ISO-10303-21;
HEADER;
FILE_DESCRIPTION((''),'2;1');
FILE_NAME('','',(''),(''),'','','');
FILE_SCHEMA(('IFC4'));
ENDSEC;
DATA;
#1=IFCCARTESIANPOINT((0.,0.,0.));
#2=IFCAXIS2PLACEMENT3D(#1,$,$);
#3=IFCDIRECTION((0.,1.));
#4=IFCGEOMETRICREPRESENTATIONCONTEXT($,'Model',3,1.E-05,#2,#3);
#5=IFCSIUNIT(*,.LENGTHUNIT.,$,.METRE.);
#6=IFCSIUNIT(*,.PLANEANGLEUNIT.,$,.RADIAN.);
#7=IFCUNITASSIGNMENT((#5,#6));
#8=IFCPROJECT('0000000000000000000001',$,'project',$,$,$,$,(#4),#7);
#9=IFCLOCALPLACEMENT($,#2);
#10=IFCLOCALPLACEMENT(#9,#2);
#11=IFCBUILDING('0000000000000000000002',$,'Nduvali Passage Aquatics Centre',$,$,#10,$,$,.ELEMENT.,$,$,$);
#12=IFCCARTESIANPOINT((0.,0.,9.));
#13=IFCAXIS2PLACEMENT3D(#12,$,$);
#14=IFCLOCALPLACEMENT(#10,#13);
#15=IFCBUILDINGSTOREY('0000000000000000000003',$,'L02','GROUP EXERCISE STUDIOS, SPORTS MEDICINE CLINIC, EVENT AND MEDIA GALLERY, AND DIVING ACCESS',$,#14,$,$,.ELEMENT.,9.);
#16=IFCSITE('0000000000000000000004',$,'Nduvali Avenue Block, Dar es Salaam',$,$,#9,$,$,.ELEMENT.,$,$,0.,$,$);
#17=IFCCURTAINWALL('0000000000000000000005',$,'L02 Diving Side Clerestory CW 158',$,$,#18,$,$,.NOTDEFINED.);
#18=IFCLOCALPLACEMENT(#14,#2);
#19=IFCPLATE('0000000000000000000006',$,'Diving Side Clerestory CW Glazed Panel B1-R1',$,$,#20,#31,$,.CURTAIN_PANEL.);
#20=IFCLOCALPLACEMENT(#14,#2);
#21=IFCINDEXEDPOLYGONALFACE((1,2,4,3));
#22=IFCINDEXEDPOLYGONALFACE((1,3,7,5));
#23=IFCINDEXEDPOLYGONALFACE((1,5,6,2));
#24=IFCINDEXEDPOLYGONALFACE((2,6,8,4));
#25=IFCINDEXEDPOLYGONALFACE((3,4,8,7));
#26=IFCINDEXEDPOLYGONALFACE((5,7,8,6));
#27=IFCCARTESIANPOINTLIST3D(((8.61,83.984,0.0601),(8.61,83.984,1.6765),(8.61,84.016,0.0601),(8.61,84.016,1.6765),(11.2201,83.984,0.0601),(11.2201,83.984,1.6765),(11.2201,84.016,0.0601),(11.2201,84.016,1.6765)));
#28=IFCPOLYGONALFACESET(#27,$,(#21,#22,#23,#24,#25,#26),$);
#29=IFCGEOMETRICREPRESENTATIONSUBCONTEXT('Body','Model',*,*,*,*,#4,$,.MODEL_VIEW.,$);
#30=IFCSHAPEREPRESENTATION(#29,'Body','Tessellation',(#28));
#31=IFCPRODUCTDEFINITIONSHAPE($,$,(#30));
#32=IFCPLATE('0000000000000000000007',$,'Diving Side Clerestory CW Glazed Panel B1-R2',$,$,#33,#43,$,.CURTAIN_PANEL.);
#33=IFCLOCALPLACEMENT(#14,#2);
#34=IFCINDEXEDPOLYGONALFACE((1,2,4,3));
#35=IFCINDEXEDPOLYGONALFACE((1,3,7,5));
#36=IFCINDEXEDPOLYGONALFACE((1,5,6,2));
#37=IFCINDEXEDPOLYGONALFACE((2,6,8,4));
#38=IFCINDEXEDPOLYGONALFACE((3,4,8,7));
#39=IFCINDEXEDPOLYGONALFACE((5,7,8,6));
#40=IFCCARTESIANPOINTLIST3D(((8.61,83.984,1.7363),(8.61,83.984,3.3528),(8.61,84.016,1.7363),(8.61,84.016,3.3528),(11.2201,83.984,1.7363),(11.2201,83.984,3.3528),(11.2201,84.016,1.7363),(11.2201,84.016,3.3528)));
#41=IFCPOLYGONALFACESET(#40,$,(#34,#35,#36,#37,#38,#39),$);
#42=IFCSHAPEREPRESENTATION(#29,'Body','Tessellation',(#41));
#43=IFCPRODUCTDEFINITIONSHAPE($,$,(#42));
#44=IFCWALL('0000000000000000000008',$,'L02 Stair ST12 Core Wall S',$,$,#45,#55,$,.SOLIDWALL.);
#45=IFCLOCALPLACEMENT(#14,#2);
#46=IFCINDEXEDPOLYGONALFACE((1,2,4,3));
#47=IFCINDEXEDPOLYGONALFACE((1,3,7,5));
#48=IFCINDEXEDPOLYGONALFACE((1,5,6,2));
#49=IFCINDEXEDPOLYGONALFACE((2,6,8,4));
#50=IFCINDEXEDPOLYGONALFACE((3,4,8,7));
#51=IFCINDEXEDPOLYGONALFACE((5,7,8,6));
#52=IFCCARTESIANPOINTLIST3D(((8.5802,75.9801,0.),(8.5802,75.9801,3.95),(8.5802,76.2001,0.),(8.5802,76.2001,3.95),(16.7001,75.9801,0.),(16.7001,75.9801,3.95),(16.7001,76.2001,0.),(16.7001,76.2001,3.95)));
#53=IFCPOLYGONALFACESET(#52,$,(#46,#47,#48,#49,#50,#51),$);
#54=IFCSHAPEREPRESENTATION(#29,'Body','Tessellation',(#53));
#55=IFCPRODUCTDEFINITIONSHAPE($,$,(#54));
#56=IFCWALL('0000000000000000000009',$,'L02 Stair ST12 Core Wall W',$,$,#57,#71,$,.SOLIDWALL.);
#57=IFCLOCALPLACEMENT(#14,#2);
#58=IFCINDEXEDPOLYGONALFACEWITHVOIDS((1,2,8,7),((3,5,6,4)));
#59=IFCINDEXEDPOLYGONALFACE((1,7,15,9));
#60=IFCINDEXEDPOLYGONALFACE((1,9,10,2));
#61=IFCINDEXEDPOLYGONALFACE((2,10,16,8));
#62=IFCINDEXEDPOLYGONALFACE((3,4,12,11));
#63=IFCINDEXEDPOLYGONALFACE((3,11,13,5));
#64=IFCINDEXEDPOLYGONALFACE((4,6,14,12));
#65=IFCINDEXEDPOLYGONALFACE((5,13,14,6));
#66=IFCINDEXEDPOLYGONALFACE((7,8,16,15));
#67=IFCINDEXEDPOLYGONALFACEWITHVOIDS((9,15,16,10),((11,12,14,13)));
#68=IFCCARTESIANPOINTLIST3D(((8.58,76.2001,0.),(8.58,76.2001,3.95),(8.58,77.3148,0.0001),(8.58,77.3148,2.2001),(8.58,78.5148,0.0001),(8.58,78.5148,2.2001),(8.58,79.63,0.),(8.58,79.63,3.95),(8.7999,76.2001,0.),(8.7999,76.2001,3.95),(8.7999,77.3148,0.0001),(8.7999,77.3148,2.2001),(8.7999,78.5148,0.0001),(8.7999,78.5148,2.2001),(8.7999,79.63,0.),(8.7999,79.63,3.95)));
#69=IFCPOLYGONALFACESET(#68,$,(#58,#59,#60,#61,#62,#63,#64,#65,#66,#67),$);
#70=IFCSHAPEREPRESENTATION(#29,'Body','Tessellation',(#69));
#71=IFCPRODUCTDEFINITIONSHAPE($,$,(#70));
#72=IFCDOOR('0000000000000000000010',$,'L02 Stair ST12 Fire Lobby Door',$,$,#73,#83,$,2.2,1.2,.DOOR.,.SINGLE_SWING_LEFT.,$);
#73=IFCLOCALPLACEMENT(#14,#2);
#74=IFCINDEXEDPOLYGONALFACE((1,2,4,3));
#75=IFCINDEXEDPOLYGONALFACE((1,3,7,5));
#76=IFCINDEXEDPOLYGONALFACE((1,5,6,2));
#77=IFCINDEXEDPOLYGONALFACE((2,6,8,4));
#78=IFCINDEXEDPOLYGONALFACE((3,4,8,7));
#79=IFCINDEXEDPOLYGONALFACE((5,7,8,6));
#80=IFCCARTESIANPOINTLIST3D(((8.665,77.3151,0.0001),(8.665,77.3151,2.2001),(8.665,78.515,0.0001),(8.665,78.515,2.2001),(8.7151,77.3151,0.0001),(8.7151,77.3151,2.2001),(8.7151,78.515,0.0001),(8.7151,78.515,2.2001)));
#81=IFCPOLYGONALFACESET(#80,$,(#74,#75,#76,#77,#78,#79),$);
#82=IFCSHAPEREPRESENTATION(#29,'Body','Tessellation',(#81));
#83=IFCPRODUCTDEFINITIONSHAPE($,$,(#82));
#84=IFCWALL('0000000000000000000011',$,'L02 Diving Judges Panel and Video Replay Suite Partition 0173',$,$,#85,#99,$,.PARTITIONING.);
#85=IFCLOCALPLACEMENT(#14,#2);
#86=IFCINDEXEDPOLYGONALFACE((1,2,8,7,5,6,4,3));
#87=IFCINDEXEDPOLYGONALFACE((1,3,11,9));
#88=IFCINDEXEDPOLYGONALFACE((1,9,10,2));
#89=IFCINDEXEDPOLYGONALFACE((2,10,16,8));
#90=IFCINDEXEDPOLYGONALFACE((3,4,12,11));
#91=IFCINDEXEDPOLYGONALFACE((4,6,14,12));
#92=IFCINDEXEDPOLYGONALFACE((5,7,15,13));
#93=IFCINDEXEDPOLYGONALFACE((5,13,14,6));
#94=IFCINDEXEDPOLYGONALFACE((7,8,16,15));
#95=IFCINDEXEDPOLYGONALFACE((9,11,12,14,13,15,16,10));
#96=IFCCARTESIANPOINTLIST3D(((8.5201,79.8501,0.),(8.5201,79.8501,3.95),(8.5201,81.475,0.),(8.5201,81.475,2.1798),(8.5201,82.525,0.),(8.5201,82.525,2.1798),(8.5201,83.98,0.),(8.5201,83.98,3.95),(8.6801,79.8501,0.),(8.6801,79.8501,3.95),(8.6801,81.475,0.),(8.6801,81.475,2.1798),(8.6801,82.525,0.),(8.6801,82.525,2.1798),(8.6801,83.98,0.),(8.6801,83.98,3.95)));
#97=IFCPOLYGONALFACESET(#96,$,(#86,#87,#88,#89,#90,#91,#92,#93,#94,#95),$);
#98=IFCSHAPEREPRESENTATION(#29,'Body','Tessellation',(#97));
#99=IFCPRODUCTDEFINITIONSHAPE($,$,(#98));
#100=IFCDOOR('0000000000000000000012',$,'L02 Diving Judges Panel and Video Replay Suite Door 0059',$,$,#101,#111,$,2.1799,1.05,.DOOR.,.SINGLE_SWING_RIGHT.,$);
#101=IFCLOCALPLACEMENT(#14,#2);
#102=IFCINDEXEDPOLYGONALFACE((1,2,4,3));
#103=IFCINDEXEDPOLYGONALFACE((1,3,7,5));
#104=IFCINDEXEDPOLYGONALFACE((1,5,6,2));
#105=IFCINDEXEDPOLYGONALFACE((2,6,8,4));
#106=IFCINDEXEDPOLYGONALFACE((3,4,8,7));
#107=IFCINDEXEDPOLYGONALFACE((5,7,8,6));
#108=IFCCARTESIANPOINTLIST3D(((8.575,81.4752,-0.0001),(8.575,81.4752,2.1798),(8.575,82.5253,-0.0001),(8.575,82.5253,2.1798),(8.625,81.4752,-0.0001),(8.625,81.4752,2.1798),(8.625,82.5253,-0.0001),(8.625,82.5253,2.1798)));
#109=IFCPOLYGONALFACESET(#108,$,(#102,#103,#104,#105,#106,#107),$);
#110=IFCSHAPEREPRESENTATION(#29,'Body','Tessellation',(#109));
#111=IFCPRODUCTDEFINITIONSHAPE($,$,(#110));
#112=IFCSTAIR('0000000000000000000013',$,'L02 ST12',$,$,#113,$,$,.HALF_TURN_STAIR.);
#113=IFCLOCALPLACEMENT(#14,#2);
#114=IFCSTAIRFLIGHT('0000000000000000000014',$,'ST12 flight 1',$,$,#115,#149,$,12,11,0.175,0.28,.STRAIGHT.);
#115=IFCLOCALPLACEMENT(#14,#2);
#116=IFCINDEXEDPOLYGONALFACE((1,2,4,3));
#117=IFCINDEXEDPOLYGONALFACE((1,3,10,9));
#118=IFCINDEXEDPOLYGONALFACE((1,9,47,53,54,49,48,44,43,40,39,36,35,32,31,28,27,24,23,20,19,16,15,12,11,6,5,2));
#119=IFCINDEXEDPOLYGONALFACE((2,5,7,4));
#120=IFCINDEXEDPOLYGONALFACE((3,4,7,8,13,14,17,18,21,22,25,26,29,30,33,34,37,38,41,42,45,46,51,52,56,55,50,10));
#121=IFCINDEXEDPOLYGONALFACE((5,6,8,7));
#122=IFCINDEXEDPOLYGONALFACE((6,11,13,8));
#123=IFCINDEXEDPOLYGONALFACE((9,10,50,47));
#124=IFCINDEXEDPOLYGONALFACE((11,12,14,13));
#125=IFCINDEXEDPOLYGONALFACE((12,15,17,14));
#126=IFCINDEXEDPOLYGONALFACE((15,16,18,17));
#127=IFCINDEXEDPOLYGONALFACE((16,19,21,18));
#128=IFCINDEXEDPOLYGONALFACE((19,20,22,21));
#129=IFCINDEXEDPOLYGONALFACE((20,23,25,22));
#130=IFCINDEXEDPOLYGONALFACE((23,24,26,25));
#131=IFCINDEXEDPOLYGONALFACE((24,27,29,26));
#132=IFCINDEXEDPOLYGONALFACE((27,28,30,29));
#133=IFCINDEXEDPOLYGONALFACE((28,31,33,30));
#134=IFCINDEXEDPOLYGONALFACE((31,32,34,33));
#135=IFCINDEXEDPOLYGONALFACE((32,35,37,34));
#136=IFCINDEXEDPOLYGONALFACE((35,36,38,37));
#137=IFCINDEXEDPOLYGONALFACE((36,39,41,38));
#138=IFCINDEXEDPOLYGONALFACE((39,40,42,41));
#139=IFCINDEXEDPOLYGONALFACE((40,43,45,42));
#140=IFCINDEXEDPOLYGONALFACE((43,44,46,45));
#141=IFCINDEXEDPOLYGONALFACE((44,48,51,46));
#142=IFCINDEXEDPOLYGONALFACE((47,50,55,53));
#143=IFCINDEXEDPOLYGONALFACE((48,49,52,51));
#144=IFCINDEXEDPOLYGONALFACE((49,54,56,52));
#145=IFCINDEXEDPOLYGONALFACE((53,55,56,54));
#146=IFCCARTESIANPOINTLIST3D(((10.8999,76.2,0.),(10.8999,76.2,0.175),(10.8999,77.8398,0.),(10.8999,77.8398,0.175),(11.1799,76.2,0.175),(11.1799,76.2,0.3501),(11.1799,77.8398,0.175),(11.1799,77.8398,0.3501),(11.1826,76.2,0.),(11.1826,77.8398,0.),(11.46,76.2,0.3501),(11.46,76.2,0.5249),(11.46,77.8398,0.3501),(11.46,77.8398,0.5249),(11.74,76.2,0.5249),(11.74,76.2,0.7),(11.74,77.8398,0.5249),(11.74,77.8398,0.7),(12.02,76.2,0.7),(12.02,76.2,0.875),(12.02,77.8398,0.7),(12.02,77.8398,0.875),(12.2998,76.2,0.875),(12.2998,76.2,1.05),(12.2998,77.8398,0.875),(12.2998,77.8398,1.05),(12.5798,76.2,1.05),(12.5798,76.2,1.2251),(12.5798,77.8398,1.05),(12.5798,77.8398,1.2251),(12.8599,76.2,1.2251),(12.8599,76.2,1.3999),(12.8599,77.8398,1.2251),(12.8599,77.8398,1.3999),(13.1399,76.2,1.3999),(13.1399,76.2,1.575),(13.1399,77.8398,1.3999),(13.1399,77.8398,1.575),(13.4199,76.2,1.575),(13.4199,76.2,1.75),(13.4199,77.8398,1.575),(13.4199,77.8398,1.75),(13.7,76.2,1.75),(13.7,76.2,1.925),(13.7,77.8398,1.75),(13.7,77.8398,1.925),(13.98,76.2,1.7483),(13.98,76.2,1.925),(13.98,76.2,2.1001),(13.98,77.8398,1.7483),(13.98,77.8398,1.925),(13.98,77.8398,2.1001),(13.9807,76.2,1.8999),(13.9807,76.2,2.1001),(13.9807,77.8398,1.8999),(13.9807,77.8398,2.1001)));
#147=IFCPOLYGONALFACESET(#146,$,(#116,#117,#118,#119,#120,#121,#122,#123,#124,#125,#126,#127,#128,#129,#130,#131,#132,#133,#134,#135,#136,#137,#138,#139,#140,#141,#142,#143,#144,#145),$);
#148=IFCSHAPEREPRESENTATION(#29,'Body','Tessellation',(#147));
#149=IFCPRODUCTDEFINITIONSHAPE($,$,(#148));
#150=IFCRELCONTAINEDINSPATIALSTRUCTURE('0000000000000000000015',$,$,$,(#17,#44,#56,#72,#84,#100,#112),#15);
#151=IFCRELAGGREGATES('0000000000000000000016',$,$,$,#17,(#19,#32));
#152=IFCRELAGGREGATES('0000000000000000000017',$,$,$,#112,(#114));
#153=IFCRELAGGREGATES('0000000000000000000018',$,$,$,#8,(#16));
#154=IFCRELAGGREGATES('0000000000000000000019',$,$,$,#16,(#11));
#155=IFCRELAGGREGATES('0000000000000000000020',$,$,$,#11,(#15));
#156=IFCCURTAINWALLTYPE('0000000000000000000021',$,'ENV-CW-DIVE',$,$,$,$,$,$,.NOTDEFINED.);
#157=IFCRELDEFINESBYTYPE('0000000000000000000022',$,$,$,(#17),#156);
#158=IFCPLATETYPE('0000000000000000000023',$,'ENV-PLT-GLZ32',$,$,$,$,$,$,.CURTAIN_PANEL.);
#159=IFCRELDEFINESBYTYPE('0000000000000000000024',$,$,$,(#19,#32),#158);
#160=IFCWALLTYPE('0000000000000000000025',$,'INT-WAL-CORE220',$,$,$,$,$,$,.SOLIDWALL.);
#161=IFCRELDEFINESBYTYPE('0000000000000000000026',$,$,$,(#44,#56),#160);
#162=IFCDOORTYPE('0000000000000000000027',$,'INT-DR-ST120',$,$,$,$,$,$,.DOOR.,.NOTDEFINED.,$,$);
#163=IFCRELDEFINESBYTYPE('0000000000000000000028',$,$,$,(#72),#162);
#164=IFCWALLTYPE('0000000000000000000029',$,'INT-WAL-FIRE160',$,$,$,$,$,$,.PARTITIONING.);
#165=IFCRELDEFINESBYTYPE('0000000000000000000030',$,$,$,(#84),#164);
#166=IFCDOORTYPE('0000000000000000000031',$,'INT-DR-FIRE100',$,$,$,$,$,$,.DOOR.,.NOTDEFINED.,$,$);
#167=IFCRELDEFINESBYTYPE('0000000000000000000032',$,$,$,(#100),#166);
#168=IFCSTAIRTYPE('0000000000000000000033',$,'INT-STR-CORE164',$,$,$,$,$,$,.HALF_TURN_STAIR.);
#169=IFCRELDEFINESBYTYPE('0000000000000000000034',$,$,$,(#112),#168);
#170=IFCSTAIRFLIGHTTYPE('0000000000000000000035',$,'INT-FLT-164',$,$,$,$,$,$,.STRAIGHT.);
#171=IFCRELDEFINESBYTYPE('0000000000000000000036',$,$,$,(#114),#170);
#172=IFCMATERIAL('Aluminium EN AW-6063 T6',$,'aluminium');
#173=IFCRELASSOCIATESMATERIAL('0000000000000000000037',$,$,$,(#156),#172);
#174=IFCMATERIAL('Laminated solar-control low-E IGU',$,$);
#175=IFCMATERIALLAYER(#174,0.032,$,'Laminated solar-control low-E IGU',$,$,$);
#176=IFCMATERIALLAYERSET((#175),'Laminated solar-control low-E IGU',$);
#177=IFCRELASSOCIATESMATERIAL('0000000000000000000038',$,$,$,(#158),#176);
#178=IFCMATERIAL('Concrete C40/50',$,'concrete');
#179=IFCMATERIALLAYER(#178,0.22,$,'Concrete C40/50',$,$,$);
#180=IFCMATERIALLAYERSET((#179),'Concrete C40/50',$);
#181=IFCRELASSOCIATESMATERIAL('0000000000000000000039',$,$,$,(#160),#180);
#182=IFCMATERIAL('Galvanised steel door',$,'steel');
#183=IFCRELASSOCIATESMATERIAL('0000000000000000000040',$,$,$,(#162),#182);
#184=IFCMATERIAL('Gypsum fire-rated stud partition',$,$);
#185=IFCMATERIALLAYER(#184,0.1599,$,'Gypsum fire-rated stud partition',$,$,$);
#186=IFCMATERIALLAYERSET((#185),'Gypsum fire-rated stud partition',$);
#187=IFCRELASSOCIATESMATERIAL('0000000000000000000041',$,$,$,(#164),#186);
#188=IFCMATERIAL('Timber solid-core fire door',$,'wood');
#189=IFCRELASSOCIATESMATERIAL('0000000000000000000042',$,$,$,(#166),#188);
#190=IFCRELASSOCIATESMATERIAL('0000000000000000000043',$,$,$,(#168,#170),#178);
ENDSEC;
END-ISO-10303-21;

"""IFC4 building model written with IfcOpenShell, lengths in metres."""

from ifc_helpers import new_model, si_unit, direction, frame, frame_2d, origin, origin_2d, place, context, subcontext, project, spatial, polyline, rectangle, outline, extrude, material, layer, layer_set, type_object, element, fill, aggregate, save


model = new_model("IFC4")

# Units and contexts
model_context = context("Model", 3, precision=1e-05, world=origin(), true_north=direction((0.0, 1.0)))
body_context = subcontext(model_context, "Body", "Model", "MODEL_VIEW")
ifc_project = project(units=[si_unit("LENGTHUNIT", "METRE"), si_unit("PLANEANGLEUNIT", "RADIAN")], contexts=[model_context])

# Site, building, storey
site_placement = place(None, origin())
site = spatial("IfcSite", under=ifc_project, at=site_placement, Name="Nduvali Avenue Block, Dar es Salaam", CompositionType="ELEMENT", RefElevation=0.0)
building_placement = place(site_placement, origin())
building = spatial("IfcBuilding", under=site, at=building_placement, Name="Nduvali Passage Aquatics Centre", CompositionType="ELEMENT")
storey_placement = place(building_placement, frame((0.0, 0.0, 9.0)))
storey = spatial("IfcBuildingStorey", under=building, at=storey_placement, Name="L02", Description="GROUP EXERCISE STUDIOS, SPORTS MEDICINE CLINIC, EVENT AND MEDIA GALLERY, AND DIVING ACCESS", CompositionType="ELEMENT", Elevation=9.0)

# Curtain wall
ifc_material_1 = material(Name="Aluminium EN AW-6063 T6", Category="aluminium")
curtain_wall_type = type_object("IfcCurtainWallType", Name="ENV-CW-DIVE", PredefinedType="NOTDEFINED", material=ifc_material_1)
curtain_wall_1_placement = place(storey_placement, origin())
curtain_wall_1 = element("IfcCurtainWall", 1, at=curtain_wall_1_placement, inside=storey, type_object=curtain_wall_type, Name="L02 Diving Side Clerestory CW 158", PredefinedType="NOTDEFINED")

# Plates
ifc_material_2 = material(Name="Laminated solar-control low-E IGU")
ifc_layer_1 = layer(ifc_material_2, 0.032, Name="Laminated solar-control low-E IGU")
ifc_layer_set_1 = layer_set([ifc_layer_1], Name="Laminated solar-control low-E IGU")
plate_type = type_object("IfcPlateType", Name="ENV-PLT-GLZ32", PredefinedType="CURTAIN_PANEL", material=ifc_layer_set_1)
plate_1_placement = place(storey_placement, frame((9.915, 84.0, 0.0601), z_axis=(0.0, 0.0, 1.0), x_axis=(1.0, 0.0, 0.0)))
plate_1 = element("IfcPlate", 2, at=plate_1_placement, type_object=plate_type, Name="Diving Side Clerestory CW Glazed Panel B1-R1", PredefinedType="CURTAIN_PANEL", context=body_context, shape_type="SweptSolid", body=[
    extrude(rectangle(XDim=2.6101, YDim=0.032, at=origin_2d()), origin(), (0.0, 0.0, 1.0), 1.6165),
])
plate_2_placement = place(storey_placement, frame((9.915, 84.0, 1.7363), z_axis=(0.0, 0.0, 1.0), x_axis=(1.0, 0.0, 0.0)))
plate_2 = element("IfcPlate", 3, at=plate_2_placement, type_object=plate_type, Name="Diving Side Clerestory CW Glazed Panel B1-R2", PredefinedType="CURTAIN_PANEL", context=body_context, shape_type="SweptSolid", body=[
    extrude(rectangle(XDim=2.6101, YDim=0.032, at=origin_2d()), origin(), (0.0, 0.0, 1.0), 1.6165),
])
aggregate(curtain_wall_1, [plate_1, plate_2])

# Wall
ifc_material_3 = material(Name="Concrete C40/50", Category="concrete")
ifc_layer_2 = layer(ifc_material_3, 0.22, Name="Concrete C40/50")
ifc_layer_set_2 = layer_set([ifc_layer_2], Name="Concrete C40/50")
wall_type_1 = type_object("IfcWallType", Name="INT-WAL-CORE220", PredefinedType="SOLIDWALL", material=ifc_layer_set_2)
wall_1_placement = place(storey_placement, frame((8.5801, 76.0901, 0.0), z_axis=(0.0, 0.0, 1.0), x_axis=(1.0, 0.0, 0.0)))
element("IfcWall", 4, at=wall_1_placement, inside=storey, type_object=wall_type_1, Name="L02 Stair ST12 Core Wall S", PredefinedType="SOLIDWALL", context=body_context, shape_type="SweptSolid", body=[
    extrude(rectangle(XDim=8.1199, YDim=0.22, at=frame_2d((4.0601, 0.0))), origin(), (0.0, 0.0, 1.0), 3.95),
])

# Walls, openings, doors
wall_2_placement = place(storey_placement, frame((8.6899, 79.6299, 0.0), z_axis=(0.0, 0.0, 1.0), x_axis=(0.0, -1.0, 0.0)))
wall_2 = element("IfcWall", 5, at=wall_2_placement, inside=storey, type_object=wall_type_1, Name="L02 Stair ST12 Core Wall W", PredefinedType="SOLIDWALL", context=body_context, shape_type="SweptSolid", body=[
    extrude(rectangle(XDim=3.4299, YDim=0.22, at=frame_2d((1.7148, 0.0))), origin(), (0.0, 0.0, 1.0), 3.95),
])
opening_1_placement = place(wall_2_placement, frame((1.115, 0.0, 0.0)))
opening_1 = element("IfcOpeningElement", 6, at=opening_1_placement, cuts=wall_2, PredefinedType="OPENING", context=body_context, shape_type="SweptSolid", body=[
    extrude(rectangle(XDim=1.2, YDim=2.2, at=frame_2d((0.6001, 1.1001))), frame((0.0, 0.125, 0.0), z_axis=(0.0, -1.0, 0.0), x_axis=(1.0, 0.0, 0.0)), (0.0, 0.0, 1.0), 0.2498),
])
ifc_material_4 = material(Name="Galvanised steel door", Category="steel")
door_type_1 = type_object("IfcDoorType", Name="INT-DR-ST120", OperationType="NOTDEFINED", PredefinedType="DOOR", material=ifc_material_4)
door_1_placement = place(opening_1_placement, frame((1.2, 0.0, 0.0), z_axis=(0.0, 0.0, 1.0), x_axis=(-1.0, 0.0, 0.0)))
door_1 = element("IfcDoor", 7, at=door_1_placement, inside=storey, type_object=door_type_1, Name="L02 Stair ST12 Fire Lobby Door", OperationType="SINGLE_SWING_LEFT", OverallHeight=2.2, OverallWidth=1.2, PredefinedType="DOOR", context=body_context, shape_type="SweptSolid", body=[
    extrude(rectangle(XDim=1.2, YDim=2.2, at=frame_2d((0.6001, 1.1001))), frame((0.0, 0.0249, 0.0), z_axis=(0.0, -1.0, 0.0), x_axis=(1.0, 0.0, 0.0)), (0.0, 0.0, 1.0), 0.05),
])
fill(opening_1, door_1)
ifc_material_5 = material(Name="Gypsum fire-rated stud partition")
ifc_layer_3 = layer(ifc_material_5, 0.1599, Name="Gypsum fire-rated stud partition")
ifc_layer_set_3 = layer_set([ifc_layer_3], Name="Gypsum fire-rated stud partition")
wall_type_2 = type_object("IfcWallType", Name="INT-WAL-FIRE160", PredefinedType="PARTITIONING", material=ifc_layer_set_3)
wall_3_placement = place(storey_placement, frame((8.6001, 79.8501, 0.0), z_axis=(0.0, 0.0, 1.0), x_axis=(0.0, 1.0, 0.0)))
wall_3 = element("IfcWall", 8, at=wall_3_placement, inside=storey, type_object=wall_type_2, Name="L02 Diving Judges Panel and Video Replay Suite Partition 0173", PredefinedType="PARTITIONING", context=body_context, shape_type="SweptSolid", body=[
    extrude(rectangle(XDim=4.1299, YDim=0.1599, at=frame_2d((2.0649, 0.0))), origin(), (0.0, 0.0, 1.0), 3.95),
])
opening_2_placement = place(wall_3_placement, frame((1.625, 0.0, 0.0)))
opening_2 = element("IfcOpeningElement", 9, at=opening_2_placement, cuts=wall_3, PredefinedType="OPENING", context=body_context, shape_type="SweptSolid", body=[
    extrude(rectangle(XDim=1.05, YDim=2.1799, at=frame_2d((0.5249, 1.0898))), frame((0.0, 0.0947, 0.0), z_axis=(0.0, -1.0, 0.0), x_axis=(1.0, 0.0, 0.0)), (0.0, 0.0, 1.0), 0.1897),
])
ifc_material_6 = material(Name="Timber solid-core fire door", Category="wood")
door_type_2 = type_object("IfcDoorType", Name="INT-DR-FIRE100", OperationType="NOTDEFINED", PredefinedType="DOOR", material=ifc_material_6)
door_2_placement = place(opening_2_placement, frame((1.05, 0.0, 0.0), z_axis=(0.0, 0.0, 1.0), x_axis=(-1.0, 0.0, 0.0)))
door_2 = element("IfcDoor", 10, at=door_2_placement, inside=storey, type_object=door_type_2, Name="L02 Diving Judges Panel and Video Replay Suite Door 0059", OperationType="SINGLE_SWING_RIGHT", OverallHeight=2.1799, OverallWidth=1.05, PredefinedType="DOOR", context=body_context, shape_type="SweptSolid", body=[
    extrude(rectangle(XDim=1.05, YDim=2.1799, at=frame_2d((0.5249, 1.0898))), frame((0.0, 0.0249, 0.0), z_axis=(0.0, -1.0, 0.0), x_axis=(1.0, 0.0, 0.0)), (0.0, 0.0, 1.0), 0.05),
])
fill(opening_2, door_2)

# Stair, stair flight
stair_type = type_object("IfcStairType", Name="INT-STR-CORE164", PredefinedType="HALF_TURN_STAIR", material=ifc_material_3)
stair_placement = place(storey_placement, origin())
stair = element("IfcStair", 11, at=stair_placement, inside=storey, type_object=stair_type, Name="L02 ST12", PredefinedType="HALF_TURN_STAIR")
stair_flight_type = type_object("IfcStairFlightType", Name="INT-FLT-164", PredefinedType="STRAIGHT", material=ifc_material_3)
stair_flight_placement = place(storey_placement, frame((10.8999, 77.02, 0.0), z_axis=(0.0, 0.0, 1.0), x_axis=(1.0, 0.0, 0.0)))
stair_flight = element("IfcStairFlight", 12, at=stair_flight_placement, type_object=stair_flight_type, Name="ST12 flight 1", NumberOfRisers=12, NumberOfTreads=11, PredefinedType="STRAIGHT", RiserHeight=0.175, TreadLength=0.28, context=body_context, shape_type="SweptSolid", body=[
    extrude(outline(polyline([(0.0, 0.0), (0.0, 0.175), (0.28, 0.175), (0.28, 0.3501), (0.5601, 0.3501), (0.5601, 0.5249), (0.8401, 0.5249), (0.8401, 0.7), (1.1201, 0.7), (1.1201, 0.875), (1.3999, 0.875), (1.3999, 1.05), (1.6799, 1.05), (1.6799, 1.2251), (1.96, 1.2251), (1.96, 1.3999), (2.24, 1.3999), (2.24, 1.575), (2.52, 1.575), (2.52, 1.75), (2.8, 1.75), (2.8, 1.925), (3.0801, 1.925), (3.0801, 2.1001), (3.0808, 2.1001), (3.0808, 1.8999), (3.0801, 1.7483), (0.2827, 0.0), (0.0, 0.0)])), frame((0.0, 0.8198, 0.0), z_axis=(0.0, -1.0, 0.0), x_axis=(1.0, 0.0, 0.0)), (0.0, 0.0, 1.0), 1.6399),
])
aggregate(stair, [stair_flight])

save(model, "model.ifc")
